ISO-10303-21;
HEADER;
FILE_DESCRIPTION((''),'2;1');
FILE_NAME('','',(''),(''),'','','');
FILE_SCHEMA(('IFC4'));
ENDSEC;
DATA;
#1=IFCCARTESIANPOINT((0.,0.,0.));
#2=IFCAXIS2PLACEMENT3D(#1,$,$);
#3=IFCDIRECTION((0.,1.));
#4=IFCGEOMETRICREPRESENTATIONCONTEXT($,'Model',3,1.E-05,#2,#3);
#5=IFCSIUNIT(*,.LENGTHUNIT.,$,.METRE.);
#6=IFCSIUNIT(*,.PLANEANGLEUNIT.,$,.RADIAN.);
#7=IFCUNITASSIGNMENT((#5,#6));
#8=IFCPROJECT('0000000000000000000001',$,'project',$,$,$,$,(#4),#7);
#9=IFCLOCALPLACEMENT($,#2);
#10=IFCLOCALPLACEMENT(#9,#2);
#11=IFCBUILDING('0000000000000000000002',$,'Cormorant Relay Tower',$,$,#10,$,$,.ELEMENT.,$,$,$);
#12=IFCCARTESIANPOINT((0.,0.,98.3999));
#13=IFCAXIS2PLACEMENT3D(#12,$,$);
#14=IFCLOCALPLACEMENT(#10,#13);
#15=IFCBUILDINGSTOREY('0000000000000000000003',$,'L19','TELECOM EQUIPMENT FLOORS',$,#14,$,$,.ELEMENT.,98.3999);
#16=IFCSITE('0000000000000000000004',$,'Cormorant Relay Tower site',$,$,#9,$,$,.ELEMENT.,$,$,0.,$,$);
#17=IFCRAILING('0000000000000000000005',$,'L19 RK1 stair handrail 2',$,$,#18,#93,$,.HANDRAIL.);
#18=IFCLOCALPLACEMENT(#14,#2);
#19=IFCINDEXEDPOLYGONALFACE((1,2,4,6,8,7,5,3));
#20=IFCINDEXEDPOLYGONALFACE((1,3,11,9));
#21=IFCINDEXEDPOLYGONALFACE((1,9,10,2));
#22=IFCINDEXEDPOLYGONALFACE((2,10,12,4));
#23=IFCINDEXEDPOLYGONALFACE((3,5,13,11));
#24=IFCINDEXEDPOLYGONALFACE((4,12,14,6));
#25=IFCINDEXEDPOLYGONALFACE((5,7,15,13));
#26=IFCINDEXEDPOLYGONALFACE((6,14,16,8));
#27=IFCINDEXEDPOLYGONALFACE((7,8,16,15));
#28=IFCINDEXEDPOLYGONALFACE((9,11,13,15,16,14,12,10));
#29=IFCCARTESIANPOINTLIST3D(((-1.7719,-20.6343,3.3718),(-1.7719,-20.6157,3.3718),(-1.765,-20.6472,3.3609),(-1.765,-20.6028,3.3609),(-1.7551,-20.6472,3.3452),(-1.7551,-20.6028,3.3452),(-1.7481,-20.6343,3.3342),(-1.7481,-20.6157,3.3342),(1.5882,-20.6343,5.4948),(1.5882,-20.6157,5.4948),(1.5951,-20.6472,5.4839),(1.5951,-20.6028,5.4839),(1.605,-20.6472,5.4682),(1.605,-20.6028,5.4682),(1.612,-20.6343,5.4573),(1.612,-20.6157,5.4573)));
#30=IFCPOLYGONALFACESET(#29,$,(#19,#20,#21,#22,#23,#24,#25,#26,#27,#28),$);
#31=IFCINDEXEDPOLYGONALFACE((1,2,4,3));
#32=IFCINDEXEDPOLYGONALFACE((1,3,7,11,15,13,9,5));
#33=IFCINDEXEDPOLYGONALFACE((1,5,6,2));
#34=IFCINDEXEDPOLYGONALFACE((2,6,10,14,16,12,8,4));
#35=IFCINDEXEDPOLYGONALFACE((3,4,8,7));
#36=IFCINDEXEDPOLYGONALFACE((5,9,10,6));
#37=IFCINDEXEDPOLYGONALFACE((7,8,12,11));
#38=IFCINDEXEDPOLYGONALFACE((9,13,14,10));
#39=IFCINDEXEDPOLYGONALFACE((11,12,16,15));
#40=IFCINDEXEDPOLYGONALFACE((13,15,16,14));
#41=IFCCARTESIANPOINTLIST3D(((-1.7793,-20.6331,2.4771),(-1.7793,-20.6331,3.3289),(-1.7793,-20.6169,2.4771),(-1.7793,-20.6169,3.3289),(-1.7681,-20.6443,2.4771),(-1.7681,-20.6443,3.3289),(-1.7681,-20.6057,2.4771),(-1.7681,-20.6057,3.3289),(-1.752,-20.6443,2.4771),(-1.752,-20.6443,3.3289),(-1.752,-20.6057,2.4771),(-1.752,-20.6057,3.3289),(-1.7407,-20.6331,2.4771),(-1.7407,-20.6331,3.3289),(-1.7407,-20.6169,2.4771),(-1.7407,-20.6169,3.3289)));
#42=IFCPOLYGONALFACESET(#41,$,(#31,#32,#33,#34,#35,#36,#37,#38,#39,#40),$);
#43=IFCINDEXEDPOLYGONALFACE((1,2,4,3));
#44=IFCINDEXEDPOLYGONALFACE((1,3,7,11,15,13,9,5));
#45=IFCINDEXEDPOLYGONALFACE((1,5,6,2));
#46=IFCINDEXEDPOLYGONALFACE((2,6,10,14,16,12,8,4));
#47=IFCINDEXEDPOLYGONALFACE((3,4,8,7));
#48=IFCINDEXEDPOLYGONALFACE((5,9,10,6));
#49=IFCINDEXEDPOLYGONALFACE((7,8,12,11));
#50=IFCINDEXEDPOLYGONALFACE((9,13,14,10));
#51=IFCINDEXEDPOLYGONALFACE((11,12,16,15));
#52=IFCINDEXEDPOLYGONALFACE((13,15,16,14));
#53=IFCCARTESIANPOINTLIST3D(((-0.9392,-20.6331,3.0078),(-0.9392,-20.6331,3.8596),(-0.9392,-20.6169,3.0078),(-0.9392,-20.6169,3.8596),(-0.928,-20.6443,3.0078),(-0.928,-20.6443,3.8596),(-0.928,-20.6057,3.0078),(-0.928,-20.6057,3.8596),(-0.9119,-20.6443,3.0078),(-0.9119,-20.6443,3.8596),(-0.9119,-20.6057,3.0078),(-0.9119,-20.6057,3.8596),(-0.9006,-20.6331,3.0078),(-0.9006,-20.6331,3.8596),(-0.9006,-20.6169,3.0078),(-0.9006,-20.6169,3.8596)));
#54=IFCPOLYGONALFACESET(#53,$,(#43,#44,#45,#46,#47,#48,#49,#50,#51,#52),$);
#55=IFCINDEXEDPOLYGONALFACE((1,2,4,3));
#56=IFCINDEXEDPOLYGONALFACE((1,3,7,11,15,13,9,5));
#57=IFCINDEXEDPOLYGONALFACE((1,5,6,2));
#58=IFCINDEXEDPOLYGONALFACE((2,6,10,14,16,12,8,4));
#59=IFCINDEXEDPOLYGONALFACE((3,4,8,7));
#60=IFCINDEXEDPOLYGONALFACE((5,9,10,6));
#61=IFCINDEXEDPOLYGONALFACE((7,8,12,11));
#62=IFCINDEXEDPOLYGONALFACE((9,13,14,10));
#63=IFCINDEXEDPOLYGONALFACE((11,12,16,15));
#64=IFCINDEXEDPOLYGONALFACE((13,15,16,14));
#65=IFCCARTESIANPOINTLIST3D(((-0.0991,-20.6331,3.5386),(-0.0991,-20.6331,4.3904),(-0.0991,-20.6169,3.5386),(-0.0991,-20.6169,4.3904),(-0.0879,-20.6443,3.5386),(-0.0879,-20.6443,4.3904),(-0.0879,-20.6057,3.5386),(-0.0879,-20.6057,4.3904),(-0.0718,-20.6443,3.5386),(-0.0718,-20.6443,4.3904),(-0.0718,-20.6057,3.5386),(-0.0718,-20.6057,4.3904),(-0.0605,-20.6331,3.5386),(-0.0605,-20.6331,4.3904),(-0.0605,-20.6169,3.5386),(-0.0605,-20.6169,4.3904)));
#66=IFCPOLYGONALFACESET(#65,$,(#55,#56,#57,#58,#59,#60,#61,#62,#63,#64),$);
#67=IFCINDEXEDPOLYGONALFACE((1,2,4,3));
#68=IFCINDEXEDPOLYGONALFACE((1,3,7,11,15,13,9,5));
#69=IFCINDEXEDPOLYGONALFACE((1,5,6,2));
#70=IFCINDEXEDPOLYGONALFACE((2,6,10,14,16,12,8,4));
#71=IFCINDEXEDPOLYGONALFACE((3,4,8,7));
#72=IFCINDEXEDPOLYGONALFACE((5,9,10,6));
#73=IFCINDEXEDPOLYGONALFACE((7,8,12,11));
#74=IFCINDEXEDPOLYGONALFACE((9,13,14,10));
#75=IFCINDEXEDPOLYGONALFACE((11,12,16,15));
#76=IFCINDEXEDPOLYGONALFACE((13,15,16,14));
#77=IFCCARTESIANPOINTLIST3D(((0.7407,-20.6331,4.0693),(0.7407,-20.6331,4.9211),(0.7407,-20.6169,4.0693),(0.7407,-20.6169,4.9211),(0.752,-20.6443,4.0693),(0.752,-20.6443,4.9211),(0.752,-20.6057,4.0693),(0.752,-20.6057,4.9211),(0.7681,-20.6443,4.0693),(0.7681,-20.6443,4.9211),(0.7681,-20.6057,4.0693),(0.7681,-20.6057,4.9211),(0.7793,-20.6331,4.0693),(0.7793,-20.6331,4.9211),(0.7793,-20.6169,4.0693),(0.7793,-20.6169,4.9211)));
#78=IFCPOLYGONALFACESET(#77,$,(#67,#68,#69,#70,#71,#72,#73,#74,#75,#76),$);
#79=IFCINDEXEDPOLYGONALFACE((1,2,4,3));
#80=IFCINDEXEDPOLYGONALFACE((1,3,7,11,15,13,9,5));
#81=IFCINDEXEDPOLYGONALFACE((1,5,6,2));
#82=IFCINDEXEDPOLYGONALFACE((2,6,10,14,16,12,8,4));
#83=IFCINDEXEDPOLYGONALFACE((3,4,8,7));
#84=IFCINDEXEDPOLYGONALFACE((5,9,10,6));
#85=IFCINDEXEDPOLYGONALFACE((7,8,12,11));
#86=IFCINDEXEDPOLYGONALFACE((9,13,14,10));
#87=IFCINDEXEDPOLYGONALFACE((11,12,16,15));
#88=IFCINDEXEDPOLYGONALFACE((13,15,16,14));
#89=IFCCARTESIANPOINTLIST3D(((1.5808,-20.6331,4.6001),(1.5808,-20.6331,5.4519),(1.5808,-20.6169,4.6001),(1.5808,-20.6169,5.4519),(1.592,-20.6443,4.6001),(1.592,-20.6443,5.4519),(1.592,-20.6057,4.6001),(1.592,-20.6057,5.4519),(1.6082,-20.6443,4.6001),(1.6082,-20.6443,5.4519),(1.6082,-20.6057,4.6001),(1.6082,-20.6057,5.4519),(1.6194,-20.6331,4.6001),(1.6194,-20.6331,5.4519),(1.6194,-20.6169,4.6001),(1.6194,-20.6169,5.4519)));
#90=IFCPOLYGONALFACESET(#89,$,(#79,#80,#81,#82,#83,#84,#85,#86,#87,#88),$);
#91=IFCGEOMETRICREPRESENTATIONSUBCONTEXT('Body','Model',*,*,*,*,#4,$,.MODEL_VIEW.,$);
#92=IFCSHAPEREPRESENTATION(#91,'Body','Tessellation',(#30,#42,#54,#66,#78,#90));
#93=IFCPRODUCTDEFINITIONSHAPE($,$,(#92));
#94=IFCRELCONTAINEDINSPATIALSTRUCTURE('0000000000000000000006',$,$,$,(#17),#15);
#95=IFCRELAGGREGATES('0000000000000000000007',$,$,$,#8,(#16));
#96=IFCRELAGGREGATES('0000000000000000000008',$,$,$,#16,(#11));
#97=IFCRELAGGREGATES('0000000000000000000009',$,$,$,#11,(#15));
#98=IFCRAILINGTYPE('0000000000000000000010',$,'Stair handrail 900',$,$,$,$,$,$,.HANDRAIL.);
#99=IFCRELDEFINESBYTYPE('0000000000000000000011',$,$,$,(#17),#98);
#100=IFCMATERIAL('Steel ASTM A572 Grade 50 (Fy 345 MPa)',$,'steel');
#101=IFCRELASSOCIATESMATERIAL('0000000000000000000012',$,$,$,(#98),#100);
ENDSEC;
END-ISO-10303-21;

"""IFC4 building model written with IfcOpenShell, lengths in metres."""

from ifc_helpers import new_model, si_unit, direction, frame, origin, place, context, subcontext, project, spatial, polyline, outline, extrude, material, type_object, element, save


model = new_model("IFC4")

# Units and contexts
model_context = context("Model", 3, precision=1e-05, world=origin(), true_north=direction((0.0, 1.0)))
body_context = subcontext(model_context, "Body", "Model", "MODEL_VIEW")
ifc_project = project(units=[si_unit("LENGTHUNIT", "METRE"), si_unit("PLANEANGLEUNIT", "RADIAN")], contexts=[model_context])

# Site, building, storey
site_placement = place(None, origin())
site = spatial("IfcSite", under=ifc_project, at=site_placement, Name="Cormorant Relay Tower site", CompositionType="ELEMENT", RefElevation=0.0)
building_placement = place(site_placement, origin())
building = spatial("IfcBuilding", under=site, at=building_placement, Name="Cormorant Relay Tower", CompositionType="ELEMENT")
storey_placement = place(building_placement, frame((0.0, 0.0, 98.3999)))
storey = spatial("IfcBuildingStorey", under=building, at=storey_placement, Name="L19", Description="TELECOM EQUIPMENT FLOORS", CompositionType="ELEMENT", Elevation=98.3999)

# Railing
ifc_material_1 = material(Name="Steel ASTM A572 Grade 50 (Fy 345 MPa)", Category="steel")
railing_type_1 = type_object("IfcRailingType", Name="Stair handrail 900", PredefinedType="HANDRAIL", material=ifc_material_1)
railing_1_placement = place(storey_placement, frame((-1.76, -20.625, 2.4771)))
element("IfcRailing", 1, at=railing_1_placement, inside=storey, type_object=railing_type_1, Name="L19 RK1 stair handrail 2", PredefinedType="HANDRAIL", context=body_context, shape_type="SweptSolid", body=[
    extrude(outline(polyline([(0.0222, 0.0093), (0.0093, 0.0222), (-0.0093, 0.0222), (-0.0222, 0.0093), (-0.0222, -0.0093), (-0.0093, -0.0222), (0.0093, -0.0222), (0.0222, -0.0093), (0.0222, 0.0093)])), frame((0.0, 0.0, 0.876), z_axis=(0.84539, 0.0, 0.53415), x_axis=(0.0, 1.0, 0.0)), (0.0, 0.0, 1.0), 3.9746),
    extrude(outline(polyline([(0.0193, 0.0081), (0.0081, 0.0193), (-0.0081, 0.0193), (-0.0193, 0.0081), (-0.0193, -0.0081), (-0.0081, -0.0193), (0.0081, -0.0193), (0.0193, -0.0081), (0.0193, 0.0081)])), origin(), (0.0, 0.0, 1.0), 0.8518),
    extrude(outline(polyline([(0.0193, 0.0081), (0.0081, 0.0193), (-0.0081, 0.0193), (-0.0193, 0.0081), (-0.0193, -0.0081), (-0.0081, -0.0193), (0.0081, -0.0193), (0.0193, -0.0081), (0.0193, 0.0081)])), frame((0.8401, 0.0, 0.5308)), (0.0, 0.0, 1.0), 0.8518),
    extrude(outline(polyline([(0.0193, 0.0081), (0.0081, 0.0193), (-0.0081, 0.0193), (-0.0193, 0.0081), (-0.0193, -0.0081), (-0.0081, -0.0193), (0.0081, -0.0193), (0.0193, -0.0081), (0.0193, 0.0081)])), frame((1.6802, 0.0, 1.0615)), (0.0, 0.0, 1.0), 0.8518),
    extrude(outline(polyline([(0.0193, 0.0081), (0.0081, 0.0193), (-0.0081, 0.0193), (-0.0193, 0.0081), (-0.0193, -0.0081), (-0.0081, -0.0193), (0.0081, -0.0193), (0.0193, -0.0081), (0.0193, 0.0081)])), frame((2.52, 0.0, 1.5923)), (0.0, 0.0, 1.0), 0.8518),
    extrude(outline(polyline([(0.0193, 0.0081), (0.0081, 0.0193), (-0.0081, 0.0193), (-0.0193, 0.0081), (-0.0193, -0.0081), (-0.0081, -0.0193), (0.0081, -0.0193), (0.0193, -0.0081), (0.0193, 0.0081)])), frame((3.3601, 0.0, 2.123)), (0.0, 0.0, 1.0), 0.8518),
])

save(model, "model.ifc")
